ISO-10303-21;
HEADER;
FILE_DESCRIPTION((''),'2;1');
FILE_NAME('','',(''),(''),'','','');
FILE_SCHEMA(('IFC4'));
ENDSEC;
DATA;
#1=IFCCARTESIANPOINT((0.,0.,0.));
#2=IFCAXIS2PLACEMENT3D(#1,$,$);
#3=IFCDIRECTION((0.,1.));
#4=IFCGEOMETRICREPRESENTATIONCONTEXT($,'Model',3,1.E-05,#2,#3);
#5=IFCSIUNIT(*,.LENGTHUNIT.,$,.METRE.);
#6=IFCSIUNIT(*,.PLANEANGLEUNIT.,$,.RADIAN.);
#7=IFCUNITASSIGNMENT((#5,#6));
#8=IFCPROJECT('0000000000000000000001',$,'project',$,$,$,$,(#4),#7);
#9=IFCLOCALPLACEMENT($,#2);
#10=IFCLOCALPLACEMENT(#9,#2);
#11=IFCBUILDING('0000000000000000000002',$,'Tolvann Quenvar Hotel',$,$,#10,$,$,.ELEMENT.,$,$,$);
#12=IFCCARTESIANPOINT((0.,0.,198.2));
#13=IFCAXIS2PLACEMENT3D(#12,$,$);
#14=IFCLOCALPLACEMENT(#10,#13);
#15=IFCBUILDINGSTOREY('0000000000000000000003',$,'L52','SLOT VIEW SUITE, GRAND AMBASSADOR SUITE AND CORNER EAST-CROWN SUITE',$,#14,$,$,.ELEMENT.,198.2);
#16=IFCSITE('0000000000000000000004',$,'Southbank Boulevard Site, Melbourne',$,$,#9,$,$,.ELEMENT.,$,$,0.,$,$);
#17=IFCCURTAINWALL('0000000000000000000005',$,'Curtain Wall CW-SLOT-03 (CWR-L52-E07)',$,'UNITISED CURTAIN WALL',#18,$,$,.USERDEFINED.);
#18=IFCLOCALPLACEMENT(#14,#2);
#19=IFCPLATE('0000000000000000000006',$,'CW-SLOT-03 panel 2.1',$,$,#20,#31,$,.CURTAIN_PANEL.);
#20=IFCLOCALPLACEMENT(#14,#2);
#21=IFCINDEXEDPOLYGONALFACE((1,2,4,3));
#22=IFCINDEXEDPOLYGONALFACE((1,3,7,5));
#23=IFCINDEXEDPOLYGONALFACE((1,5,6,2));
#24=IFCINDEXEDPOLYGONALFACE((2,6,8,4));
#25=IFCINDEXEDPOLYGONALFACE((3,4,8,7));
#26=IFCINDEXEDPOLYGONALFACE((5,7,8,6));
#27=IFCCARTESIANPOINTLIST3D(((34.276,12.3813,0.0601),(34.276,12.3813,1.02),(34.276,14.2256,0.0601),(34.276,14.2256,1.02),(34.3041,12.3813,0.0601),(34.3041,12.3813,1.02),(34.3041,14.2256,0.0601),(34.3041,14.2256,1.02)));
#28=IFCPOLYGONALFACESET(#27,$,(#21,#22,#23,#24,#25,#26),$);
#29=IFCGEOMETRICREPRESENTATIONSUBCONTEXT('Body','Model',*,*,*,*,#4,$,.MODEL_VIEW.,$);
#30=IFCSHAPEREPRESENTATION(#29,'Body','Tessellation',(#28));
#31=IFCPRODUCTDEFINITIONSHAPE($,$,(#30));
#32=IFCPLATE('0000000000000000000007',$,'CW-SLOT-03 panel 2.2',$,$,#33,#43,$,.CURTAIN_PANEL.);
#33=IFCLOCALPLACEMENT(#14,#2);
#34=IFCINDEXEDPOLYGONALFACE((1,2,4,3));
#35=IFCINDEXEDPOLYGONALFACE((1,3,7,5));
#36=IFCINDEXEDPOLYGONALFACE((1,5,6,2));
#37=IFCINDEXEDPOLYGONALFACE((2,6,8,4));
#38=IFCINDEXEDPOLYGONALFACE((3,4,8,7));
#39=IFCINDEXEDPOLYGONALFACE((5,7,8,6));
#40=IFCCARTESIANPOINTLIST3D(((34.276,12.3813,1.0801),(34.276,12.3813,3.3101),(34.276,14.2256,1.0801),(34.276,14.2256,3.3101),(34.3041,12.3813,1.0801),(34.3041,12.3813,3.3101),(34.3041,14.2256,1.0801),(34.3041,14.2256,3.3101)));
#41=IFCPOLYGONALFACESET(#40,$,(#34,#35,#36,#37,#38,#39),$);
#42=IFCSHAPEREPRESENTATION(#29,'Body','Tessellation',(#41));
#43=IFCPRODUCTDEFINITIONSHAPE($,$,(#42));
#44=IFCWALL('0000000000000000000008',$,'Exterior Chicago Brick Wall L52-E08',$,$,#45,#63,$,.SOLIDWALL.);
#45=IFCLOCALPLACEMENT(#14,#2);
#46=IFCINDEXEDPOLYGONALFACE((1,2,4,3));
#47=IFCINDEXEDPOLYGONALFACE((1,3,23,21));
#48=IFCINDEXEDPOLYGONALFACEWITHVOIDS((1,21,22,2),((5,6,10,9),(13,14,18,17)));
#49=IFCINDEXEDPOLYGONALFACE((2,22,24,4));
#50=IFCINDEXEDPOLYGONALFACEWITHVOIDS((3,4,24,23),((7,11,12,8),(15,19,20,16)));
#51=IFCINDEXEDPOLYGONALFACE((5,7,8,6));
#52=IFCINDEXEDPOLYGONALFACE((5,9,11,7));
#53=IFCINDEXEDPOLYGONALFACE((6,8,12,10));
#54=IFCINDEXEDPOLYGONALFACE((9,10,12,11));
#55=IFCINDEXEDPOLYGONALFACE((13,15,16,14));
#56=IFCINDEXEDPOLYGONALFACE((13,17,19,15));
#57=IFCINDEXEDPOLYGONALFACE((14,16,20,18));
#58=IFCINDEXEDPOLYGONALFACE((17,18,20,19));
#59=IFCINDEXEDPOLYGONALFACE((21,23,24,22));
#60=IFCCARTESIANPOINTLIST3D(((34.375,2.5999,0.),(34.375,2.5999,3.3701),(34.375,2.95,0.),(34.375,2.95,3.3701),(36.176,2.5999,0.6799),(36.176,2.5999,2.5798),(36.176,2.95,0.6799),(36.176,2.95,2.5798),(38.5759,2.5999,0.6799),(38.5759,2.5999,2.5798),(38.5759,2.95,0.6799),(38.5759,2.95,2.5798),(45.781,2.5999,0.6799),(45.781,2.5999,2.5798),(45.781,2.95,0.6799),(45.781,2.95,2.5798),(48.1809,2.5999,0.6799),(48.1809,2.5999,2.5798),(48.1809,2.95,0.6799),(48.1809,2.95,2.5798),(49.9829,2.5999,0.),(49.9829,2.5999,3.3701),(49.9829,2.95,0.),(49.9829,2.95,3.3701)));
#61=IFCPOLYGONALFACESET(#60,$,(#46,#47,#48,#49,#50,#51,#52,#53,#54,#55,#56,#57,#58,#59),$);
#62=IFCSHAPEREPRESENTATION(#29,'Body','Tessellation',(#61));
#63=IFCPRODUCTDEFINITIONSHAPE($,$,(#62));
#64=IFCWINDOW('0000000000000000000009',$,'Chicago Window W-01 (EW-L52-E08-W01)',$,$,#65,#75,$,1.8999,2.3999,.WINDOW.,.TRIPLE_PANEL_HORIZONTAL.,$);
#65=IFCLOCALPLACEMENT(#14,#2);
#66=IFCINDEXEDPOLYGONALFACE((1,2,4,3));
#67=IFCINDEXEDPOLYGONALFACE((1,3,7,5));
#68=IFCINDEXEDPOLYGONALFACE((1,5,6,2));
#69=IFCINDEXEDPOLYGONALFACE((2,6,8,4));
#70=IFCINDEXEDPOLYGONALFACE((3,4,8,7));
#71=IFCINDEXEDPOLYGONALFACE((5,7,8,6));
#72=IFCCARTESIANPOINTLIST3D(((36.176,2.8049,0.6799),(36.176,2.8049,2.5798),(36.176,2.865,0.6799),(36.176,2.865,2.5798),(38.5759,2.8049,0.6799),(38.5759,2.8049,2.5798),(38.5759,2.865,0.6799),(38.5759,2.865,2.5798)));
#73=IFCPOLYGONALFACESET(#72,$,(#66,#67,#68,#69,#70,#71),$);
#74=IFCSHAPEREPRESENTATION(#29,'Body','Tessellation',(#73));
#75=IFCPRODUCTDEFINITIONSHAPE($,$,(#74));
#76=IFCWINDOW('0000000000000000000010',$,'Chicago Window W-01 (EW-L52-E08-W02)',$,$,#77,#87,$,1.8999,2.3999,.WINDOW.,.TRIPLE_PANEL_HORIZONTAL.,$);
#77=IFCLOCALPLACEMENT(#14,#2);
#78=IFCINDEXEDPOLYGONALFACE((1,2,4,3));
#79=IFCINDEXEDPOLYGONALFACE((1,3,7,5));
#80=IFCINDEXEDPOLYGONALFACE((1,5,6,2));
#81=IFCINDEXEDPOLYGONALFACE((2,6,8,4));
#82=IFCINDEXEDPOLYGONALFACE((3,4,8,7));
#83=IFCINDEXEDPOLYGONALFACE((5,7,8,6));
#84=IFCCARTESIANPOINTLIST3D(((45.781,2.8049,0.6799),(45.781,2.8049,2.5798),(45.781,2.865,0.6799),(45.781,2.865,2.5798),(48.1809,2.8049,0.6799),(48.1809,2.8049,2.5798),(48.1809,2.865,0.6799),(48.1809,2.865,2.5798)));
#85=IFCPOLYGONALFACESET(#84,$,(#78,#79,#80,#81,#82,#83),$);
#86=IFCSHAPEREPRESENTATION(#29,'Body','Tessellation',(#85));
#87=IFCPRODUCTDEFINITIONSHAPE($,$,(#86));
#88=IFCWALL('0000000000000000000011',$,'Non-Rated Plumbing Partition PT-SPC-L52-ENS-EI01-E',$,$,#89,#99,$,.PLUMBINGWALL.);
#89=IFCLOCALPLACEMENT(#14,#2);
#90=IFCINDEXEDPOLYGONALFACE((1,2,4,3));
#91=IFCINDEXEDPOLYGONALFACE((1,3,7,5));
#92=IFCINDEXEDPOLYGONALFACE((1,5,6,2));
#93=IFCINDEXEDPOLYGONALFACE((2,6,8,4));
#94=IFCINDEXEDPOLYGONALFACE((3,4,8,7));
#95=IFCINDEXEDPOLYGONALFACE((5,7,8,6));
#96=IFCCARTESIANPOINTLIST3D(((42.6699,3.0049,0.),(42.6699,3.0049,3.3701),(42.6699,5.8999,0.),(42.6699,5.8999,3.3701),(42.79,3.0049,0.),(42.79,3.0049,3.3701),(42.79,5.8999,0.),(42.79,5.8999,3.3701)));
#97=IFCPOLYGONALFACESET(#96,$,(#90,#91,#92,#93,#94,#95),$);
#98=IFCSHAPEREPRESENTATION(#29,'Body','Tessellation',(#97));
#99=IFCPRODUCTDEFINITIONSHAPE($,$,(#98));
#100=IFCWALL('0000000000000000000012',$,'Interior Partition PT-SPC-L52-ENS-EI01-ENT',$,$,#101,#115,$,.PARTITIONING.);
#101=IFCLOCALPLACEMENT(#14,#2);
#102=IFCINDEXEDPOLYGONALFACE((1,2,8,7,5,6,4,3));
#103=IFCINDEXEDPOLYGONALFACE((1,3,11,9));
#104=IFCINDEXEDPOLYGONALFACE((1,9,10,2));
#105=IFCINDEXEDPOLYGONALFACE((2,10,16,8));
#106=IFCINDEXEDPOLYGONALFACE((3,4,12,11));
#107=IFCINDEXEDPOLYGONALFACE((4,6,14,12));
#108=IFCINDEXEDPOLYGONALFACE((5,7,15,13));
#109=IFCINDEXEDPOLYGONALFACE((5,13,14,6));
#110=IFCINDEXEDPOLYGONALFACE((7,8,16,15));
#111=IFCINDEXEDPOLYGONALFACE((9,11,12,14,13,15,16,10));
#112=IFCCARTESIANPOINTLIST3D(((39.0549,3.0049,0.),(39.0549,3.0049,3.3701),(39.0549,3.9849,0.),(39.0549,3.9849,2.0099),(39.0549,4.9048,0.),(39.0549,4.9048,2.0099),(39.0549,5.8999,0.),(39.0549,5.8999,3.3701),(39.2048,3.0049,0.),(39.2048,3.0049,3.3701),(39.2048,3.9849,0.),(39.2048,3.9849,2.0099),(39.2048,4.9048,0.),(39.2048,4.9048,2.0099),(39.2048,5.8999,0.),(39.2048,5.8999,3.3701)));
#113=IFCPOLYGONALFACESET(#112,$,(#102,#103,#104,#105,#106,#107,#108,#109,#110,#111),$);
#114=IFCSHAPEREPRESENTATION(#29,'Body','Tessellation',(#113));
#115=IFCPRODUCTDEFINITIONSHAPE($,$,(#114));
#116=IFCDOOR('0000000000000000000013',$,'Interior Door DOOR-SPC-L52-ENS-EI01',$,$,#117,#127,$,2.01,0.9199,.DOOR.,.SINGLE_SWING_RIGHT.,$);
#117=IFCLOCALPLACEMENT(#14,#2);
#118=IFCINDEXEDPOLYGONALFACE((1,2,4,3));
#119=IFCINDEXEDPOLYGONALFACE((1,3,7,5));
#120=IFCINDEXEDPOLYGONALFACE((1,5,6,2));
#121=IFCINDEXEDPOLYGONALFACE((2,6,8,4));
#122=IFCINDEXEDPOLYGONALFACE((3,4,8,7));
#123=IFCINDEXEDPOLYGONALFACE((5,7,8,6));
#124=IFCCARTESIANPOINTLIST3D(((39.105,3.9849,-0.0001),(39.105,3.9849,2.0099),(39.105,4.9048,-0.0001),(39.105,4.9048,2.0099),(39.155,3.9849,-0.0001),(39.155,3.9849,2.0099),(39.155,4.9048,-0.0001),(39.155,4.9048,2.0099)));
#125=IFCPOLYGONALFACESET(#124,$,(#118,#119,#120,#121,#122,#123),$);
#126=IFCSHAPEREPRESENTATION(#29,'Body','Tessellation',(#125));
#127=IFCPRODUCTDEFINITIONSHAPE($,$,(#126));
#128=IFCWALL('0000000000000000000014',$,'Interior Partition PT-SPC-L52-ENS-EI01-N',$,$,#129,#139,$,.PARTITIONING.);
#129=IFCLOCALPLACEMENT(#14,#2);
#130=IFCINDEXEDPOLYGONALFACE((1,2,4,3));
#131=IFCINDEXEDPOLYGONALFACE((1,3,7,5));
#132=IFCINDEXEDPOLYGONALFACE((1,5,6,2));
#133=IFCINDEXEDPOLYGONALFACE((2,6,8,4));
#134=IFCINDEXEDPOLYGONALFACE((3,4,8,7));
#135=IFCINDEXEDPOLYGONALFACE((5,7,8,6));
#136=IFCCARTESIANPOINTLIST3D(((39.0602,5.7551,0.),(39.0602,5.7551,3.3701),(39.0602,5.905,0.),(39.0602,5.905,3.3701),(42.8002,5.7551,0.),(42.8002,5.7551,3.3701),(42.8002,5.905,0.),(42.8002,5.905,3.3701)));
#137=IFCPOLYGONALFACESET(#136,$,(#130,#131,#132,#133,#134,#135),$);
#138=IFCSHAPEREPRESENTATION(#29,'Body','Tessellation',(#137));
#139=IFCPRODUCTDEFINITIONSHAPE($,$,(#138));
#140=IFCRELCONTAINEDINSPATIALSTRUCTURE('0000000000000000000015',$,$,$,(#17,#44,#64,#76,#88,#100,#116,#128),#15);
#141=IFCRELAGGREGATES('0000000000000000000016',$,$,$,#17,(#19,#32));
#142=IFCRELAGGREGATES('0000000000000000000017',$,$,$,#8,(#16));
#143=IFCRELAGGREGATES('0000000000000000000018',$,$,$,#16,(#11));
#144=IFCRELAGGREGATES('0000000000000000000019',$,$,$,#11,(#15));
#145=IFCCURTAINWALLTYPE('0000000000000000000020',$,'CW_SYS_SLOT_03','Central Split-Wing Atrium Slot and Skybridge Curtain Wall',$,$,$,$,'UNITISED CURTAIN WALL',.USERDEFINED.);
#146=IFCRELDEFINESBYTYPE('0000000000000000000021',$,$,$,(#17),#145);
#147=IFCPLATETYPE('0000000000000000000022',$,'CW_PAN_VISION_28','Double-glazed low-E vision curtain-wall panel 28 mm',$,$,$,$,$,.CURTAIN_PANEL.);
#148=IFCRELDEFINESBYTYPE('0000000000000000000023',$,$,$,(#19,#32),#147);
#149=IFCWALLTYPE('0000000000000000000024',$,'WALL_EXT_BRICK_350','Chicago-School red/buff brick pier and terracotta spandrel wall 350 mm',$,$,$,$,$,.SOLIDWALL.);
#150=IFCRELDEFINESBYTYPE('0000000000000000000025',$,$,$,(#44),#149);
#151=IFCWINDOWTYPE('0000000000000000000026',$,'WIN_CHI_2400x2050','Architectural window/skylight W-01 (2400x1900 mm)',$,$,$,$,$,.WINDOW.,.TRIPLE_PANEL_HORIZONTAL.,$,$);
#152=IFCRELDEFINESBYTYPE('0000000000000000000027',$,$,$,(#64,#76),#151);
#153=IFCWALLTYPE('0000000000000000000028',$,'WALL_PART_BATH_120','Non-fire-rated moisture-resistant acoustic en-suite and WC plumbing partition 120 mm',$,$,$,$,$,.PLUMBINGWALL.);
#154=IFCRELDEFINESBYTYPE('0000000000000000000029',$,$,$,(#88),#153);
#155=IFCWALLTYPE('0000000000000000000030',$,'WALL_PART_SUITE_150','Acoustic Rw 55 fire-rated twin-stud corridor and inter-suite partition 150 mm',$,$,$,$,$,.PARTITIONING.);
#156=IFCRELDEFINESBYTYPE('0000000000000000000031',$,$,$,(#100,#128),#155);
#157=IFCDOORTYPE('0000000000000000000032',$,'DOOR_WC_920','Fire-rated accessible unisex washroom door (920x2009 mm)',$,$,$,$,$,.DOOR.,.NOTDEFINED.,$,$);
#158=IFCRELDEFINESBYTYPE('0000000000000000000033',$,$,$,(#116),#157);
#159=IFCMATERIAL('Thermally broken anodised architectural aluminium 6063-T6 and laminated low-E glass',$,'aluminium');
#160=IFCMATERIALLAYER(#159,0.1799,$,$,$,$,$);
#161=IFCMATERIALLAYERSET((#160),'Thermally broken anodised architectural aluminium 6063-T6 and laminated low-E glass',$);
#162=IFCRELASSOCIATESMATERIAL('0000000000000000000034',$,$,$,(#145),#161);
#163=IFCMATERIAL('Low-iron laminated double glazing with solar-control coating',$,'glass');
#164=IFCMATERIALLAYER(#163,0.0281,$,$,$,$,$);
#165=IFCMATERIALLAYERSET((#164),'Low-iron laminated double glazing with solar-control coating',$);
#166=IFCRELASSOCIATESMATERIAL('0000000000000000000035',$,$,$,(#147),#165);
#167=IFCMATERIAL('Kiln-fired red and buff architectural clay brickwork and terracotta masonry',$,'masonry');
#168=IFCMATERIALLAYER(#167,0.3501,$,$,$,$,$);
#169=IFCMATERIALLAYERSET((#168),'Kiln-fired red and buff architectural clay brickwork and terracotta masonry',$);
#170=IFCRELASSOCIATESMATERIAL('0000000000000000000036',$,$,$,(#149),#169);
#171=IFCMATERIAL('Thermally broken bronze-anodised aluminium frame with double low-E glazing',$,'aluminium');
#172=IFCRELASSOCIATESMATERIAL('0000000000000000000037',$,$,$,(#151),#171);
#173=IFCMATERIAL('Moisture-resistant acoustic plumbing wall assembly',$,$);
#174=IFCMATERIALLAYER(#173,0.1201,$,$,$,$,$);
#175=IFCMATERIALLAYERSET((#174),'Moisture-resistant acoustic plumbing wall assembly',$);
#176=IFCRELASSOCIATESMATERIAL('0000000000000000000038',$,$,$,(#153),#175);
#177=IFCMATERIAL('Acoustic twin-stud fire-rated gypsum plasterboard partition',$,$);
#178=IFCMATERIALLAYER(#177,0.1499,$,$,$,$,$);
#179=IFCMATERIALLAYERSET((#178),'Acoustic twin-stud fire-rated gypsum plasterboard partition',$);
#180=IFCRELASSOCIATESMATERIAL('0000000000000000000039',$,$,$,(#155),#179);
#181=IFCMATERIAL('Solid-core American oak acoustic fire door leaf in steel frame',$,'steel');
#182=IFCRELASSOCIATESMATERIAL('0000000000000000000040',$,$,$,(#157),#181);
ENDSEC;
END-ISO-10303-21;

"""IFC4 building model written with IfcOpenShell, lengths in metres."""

from ifc_helpers import new_model, si_unit, direction, frame, frame_2d, origin, origin_2d, place, context, subcontext, project, spatial, rectangle, extrude, source, transform, mapped, material, layer, layer_set, type_object, type_shapes, element, fill, aggregate, save


model = new_model("IFC4")

# Units and contexts
model_context = context("Model", 3, precision=1e-05, world=origin(), true_north=direction((0.0, 1.0)))
body_context = subcontext(model_context, "Body", "Model", "MODEL_VIEW")
ifc_project = project(units=[si_unit("LENGTHUNIT", "METRE"), si_unit("PLANEANGLEUNIT", "RADIAN")], contexts=[model_context])

# Site, building, storey
site_placement = place(None, origin())
site = spatial("IfcSite", under=ifc_project, at=site_placement, Name="Southbank Boulevard Site, Melbourne", CompositionType="ELEMENT", RefElevation=0.0)
building_placement = place(site_placement, origin())
building = spatial("IfcBuilding", under=site, at=building_placement, Name="Tolvann Quenvar Hotel", CompositionType="ELEMENT")
storey_placement = place(building_placement, frame((0.0, 0.0, 198.2)))
storey = spatial("IfcBuildingStorey", under=building, at=storey_placement, Name="L52", Description="SLOT VIEW SUITE, GRAND AMBASSADOR SUITE AND CORNER EAST-CROWN SUITE", CompositionType="ELEMENT", Elevation=198.2)

# Curtain wall, plates
ifc_material_1 = material(Name="Thermally broken anodised architectural aluminium 6063-T6 and laminated low-E glass", Category="aluminium")
ifc_layer_1 = layer(ifc_material_1, 0.1799)
ifc_layer_set_1 = layer_set([ifc_layer_1], Name="Thermally broken anodised architectural aluminium 6063-T6 and laminated low-E glass")
curtain_wall_type = type_object("IfcCurtainWallType", Name="CW_SYS_SLOT_03", Description="Central Split-Wing Atrium Slot and Skybridge Curtain Wall", ElementType="UNITISED CURTAIN WALL", PredefinedType="USERDEFINED", material=ifc_layer_set_1)
curtain_wall_placement = place(storey_placement, origin())
curtain_wall = element("IfcCurtainWall", 1, at=curtain_wall_placement, inside=storey, type_object=curtain_wall_type, Name="Curtain Wall CW-SLOT-03 (CWR-L52-E07)", ObjectType="UNITISED CURTAIN WALL", PredefinedType="USERDEFINED")
ifc_material_2 = material(Name="Low-iron laminated double glazing with solar-control coating", Category="glass")
ifc_layer_2 = layer(ifc_material_2, 0.0281)
ifc_layer_set_2 = layer_set([ifc_layer_2], Name="Low-iron laminated double glazing with solar-control coating")
plate_type = type_object("IfcPlateType", Name="CW_PAN_VISION_28", Description="Double-glazed low-E vision curtain-wall panel 28 mm", PredefinedType="CURTAIN_PANEL", material=ifc_layer_set_2)
shared_shape_1 = source(origin(), body_context, "Body", "SweptSolid", [
    extrude(rectangle(XDim=1.8442, YDim=0.0281, at=origin_2d()), origin(), (0.0, 0.0, 1.0), 0.96),
])
plate_1_placement = place(storey_placement, frame((34.29, 13.3035, 0.0601), z_axis=(0.0, 0.0, 1.0), x_axis=(0.0, -1.0, 0.0)))
plate_1 = element("IfcPlate", 2, at=plate_1_placement, type_object=plate_type, Name="CW-SLOT-03 panel 2.1", PredefinedType="CURTAIN_PANEL", context=body_context, shape_type="MappedRepresentation", body=[
    mapped(shared_shape_1, transform((0.0, 0.0, 0.0), x_axis=(1.0, 0.0, 0.0), y_axis=(0.0, 1.0, 0.0), z_axis=(0.0, 0.0, 1.0), scale=1.0)),
])
shared_shape_2 = source(origin(), body_context, "Body", "SweptSolid", [
    extrude(rectangle(XDim=1.8442, YDim=0.0281, at=origin_2d()), origin(), (0.0, 0.0, 1.0), 2.23),
])
type_shapes(plate_type, [shared_shape_1, shared_shape_2])
plate_2_placement = place(storey_placement, frame((34.29, 13.3035, 1.0801), z_axis=(0.0, 0.0, 1.0), x_axis=(0.0, -1.0, 0.0)))
plate_2 = element("IfcPlate", 3, at=plate_2_placement, type_object=plate_type, Name="CW-SLOT-03 panel 2.2", PredefinedType="CURTAIN_PANEL", context=body_context, shape_type="MappedRepresentation", body=[
    mapped(shared_shape_2, transform((0.0, 0.0, 0.0), x_axis=(1.0, 0.0, 0.0), y_axis=(0.0, 1.0, 0.0), z_axis=(0.0, 0.0, 1.0), scale=1.0)),
])
aggregate(curtain_wall, [plate_1, plate_2])

# Wall, openings, windows
ifc_material_3 = material(Name="Kiln-fired red and buff architectural clay brickwork and terracotta masonry", Category="masonry")
ifc_layer_3 = layer(ifc_material_3, 0.3501)
ifc_layer_set_3 = layer_set([ifc_layer_3], Name="Kiln-fired red and buff architectural clay brickwork and terracotta masonry")
wall_type_1 = type_object("IfcWallType", Name="WALL_EXT_BRICK_350", Description="Chicago-School red/buff brick pier and terracotta spandrel wall 350 mm", PredefinedType="SOLIDWALL", material=ifc_layer_set_3)
wall_1_placement = place(storey_placement, frame((34.375, 2.7749, 0.0), z_axis=(0.0, 0.0, 1.0), x_axis=(1.0, 0.0, 0.0)))
wall_1 = element("IfcWall", 4, at=wall_1_placement, inside=storey, type_object=wall_type_1, Name="Exterior Chicago Brick Wall L52-E08", PredefinedType="SOLIDWALL", context=body_context, shape_type="SweptSolid", body=[
    extrude(rectangle(XDim=15.6079, YDim=0.3501, at=frame_2d((7.804, 0.0))), origin(), (0.0, 0.0, 1.0), 3.3701),
])
opening_1_placement = place(wall_1_placement, frame((1.801, 0.0, 0.6799)))
opening_1 = element("IfcOpeningElement", 5, at=opening_1_placement, cuts=wall_1, PredefinedType="OPENING", context=body_context, shape_type="SweptSolid", body=[
    extrude(rectangle(XDim=2.3999, YDim=1.8999, at=frame_2d((1.2, 0.95))), frame((0.0, 0.1851, 0.0), z_axis=(0.0, -1.0, 0.0), x_axis=(1.0, 0.0, 0.0)), (0.0, 0.0, 1.0), 0.3701),
])
opening_2_placement = place(wall_1_placement, frame((11.406, 0.0, 0.6799)))
opening_2 = element("IfcOpeningElement", 6, at=opening_2_placement, cuts=wall_1, PredefinedType="OPENING", context=body_context, shape_type="SweptSolid", body=[
    extrude(rectangle(XDim=2.3999, YDim=1.8999, at=frame_2d((1.2, 0.95))), frame((0.0, 0.1851, 0.0), z_axis=(0.0, -1.0, 0.0), x_axis=(1.0, 0.0, 0.0)), (0.0, 0.0, 1.0), 0.3701),
])
ifc_material_4 = material(Name="Thermally broken bronze-anodised aluminium frame with double low-E glazing", Category="aluminium")
window_type = type_object("IfcWindowType", Name="WIN_CHI_2400x2050", Description="Architectural window/skylight W-01 (2400x1900 mm)", PartitioningType="TRIPLE_PANEL_HORIZONTAL", PredefinedType="WINDOW", material=ifc_material_4)
shared_shape_3 = source(origin(), body_context, "Body", "SweptSolid", [
    extrude(rectangle(XDim=2.3999, YDim=1.8999, at=frame_2d((1.2, 0.95))), frame((0.0, 0.0901, 0.0), z_axis=(0.0, -1.0, 0.0), x_axis=(1.0, 0.0, 0.0)), (0.0, 0.0, 1.0), 0.0601),
])
type_shapes(window_type, [shared_shape_3])
window_1_placement = place(opening_1_placement, origin())
window_1 = element("IfcWindow", 7, at=window_1_placement, inside=storey, type_object=window_type, Name="Chicago Window W-01 (EW-L52-E08-W01)", OverallHeight=1.8999, OverallWidth=2.3999, PartitioningType="TRIPLE_PANEL_HORIZONTAL", PredefinedType="WINDOW", context=body_context, shape_type="MappedRepresentation", body=[
    mapped(shared_shape_3, transform((0.0, 0.0, 0.0), x_axis=(1.0, 0.0, 0.0), y_axis=(0.0, 1.0, 0.0), z_axis=(0.0, 0.0, 1.0), scale=1.0)),
])
fill(opening_1, window_1)
window_2_placement = place(opening_2_placement, origin())
window_2 = element("IfcWindow", 8, at=window_2_placement, inside=storey, type_object=window_type, Name="Chicago Window W-01 (EW-L52-E08-W02)", OverallHeight=1.8999, OverallWidth=2.3999, PartitioningType="TRIPLE_PANEL_HORIZONTAL", PredefinedType="WINDOW", context=body_context, shape_type="MappedRepresentation", body=[
    mapped(shared_shape_3, transform((0.0, 0.0, 0.0), x_axis=(1.0, 0.0, 0.0), y_axis=(0.0, 1.0, 0.0), z_axis=(0.0, 0.0, 1.0), scale=1.0)),
])
fill(opening_2, window_2)

# Wall
ifc_material_5 = material(Name="Moisture-resistant acoustic plumbing wall assembly")
ifc_layer_4 = layer(ifc_material_5, 0.1201)
ifc_layer_set_4 = layer_set([ifc_layer_4], Name="Moisture-resistant acoustic plumbing wall assembly")
wall_type_2 = type_object("IfcWallType", Name="WALL_PART_BATH_120", Description="Non-fire-rated moisture-resistant acoustic en-suite and WC plumbing partition 120 mm", PredefinedType="PLUMBINGWALL", material=ifc_layer_set_4)
wall_2_placement = place(storey_placement, frame((42.73, 3.0049, 0.0), z_axis=(0.0, 0.0, 1.0), x_axis=(0.0, 1.0, 0.0)))
element("IfcWall", 9, at=wall_2_placement, inside=storey, type_object=wall_type_2, Name="Non-Rated Plumbing Partition PT-SPC-L52-ENS-EI01-E", PredefinedType="PLUMBINGWALL", context=body_context, shape_type="SweptSolid", body=[
    extrude(rectangle(XDim=2.895, YDim=0.1201, at=frame_2d((1.4475, 0.0))), origin(), (0.0, 0.0, 1.0), 3.3701),
])

# Wall, opening, door
ifc_material_6 = material(Name="Acoustic twin-stud fire-rated gypsum plasterboard partition")
ifc_layer_5 = layer(ifc_material_6, 0.1499)
ifc_layer_set_5 = layer_set([ifc_layer_5], Name="Acoustic twin-stud fire-rated gypsum plasterboard partition")
wall_type_3 = type_object("IfcWallType", Name="WALL_PART_SUITE_150", Description="Acoustic Rw 55 fire-rated twin-stud corridor and inter-suite partition 150 mm", PredefinedType="PARTITIONING", material=ifc_layer_set_5)
wall_3_placement = place(storey_placement, frame((39.1299, 3.0049, 0.0), z_axis=(0.0, 0.0, 1.0), x_axis=(0.0, 1.0, 0.0)))
wall_3 = element("IfcWall", 10, at=wall_3_placement, inside=storey, type_object=wall_type_3, Name="Interior Partition PT-SPC-L52-ENS-EI01-ENT", PredefinedType="PARTITIONING", context=body_context, shape_type="SweptSolid", body=[
    extrude(rectangle(XDim=2.895, YDim=0.1499, at=frame_2d((1.4475, 0.0))), origin(), (0.0, 0.0, 1.0), 3.3701),
])
opening_3_placement = place(wall_3_placement, frame((0.98, 0.0, 0.0)))
opening_3 = element("IfcOpeningElement", 11, at=opening_3_placement, cuts=wall_3, PredefinedType="OPENING", context=body_context, shape_type="SweptSolid", body=[
    extrude(rectangle(XDim=0.9199, YDim=2.01, at=frame_2d((0.46, 1.0049))), frame((0.0, 0.085, 0.0), z_axis=(0.0, -1.0, 0.0), x_axis=(1.0, 0.0, 0.0)), (0.0, 0.0, 1.0), 0.1699),
])
ifc_material_7 = material(Name="Solid-core American oak acoustic fire door leaf in steel frame", Category="steel")
door_type = type_object("IfcDoorType", Name="DOOR_WC_920", Description="Fire-rated accessible unisex washroom door (920x2009 mm)", OperationType="NOTDEFINED", PredefinedType="DOOR", material=ifc_material_7)
shared_shape_4 = source(origin(), body_context, "Body", "SweptSolid", [
    extrude(rectangle(XDim=0.9199, YDim=2.01, at=frame_2d((0.46, 1.0049))), frame((0.0, 0.0249, 0.0), z_axis=(0.0, -1.0, 0.0), x_axis=(1.0, 0.0, 0.0)), (0.0, 0.0, 1.0), 0.05),
])
type_shapes(door_type, [shared_shape_4])
door_1_placement = place(opening_3_placement, origin())
door_1 = element("IfcDoor", 12, at=door_1_placement, inside=storey, type_object=door_type, Name="Interior Door DOOR-SPC-L52-ENS-EI01", OperationType="SINGLE_SWING_RIGHT", OverallHeight=2.01, OverallWidth=0.9199, PredefinedType="DOOR", context=body_context, shape_type="MappedRepresentation", body=[
    mapped(shared_shape_4, transform((0.0, 0.0, 0.0), x_axis=(1.0, 0.0, 0.0), y_axis=(0.0, 1.0, 0.0), z_axis=(0.0, 0.0, 1.0), scale=1.0)),
])
fill(opening_3, door_1)

# Wall
wall_4_placement = place(storey_placement, frame((39.0601, 5.8301, 0.0), z_axis=(0.0, 0.0, 1.0), x_axis=(1.0, 0.0, 0.0)))
element("IfcWall", 13, at=wall_4_placement, inside=storey, type_object=wall_type_3, Name="Interior Partition PT-SPC-L52-ENS-EI01-N", PredefinedType="PARTITIONING", context=body_context, shape_type="SweptSolid", body=[
    extrude(rectangle(XDim=3.74, YDim=0.1499, at=frame_2d((1.8701, 0.0))), origin(), (0.0, 0.0, 1.0), 3.3701),
])

save(model, "model.ifc")
